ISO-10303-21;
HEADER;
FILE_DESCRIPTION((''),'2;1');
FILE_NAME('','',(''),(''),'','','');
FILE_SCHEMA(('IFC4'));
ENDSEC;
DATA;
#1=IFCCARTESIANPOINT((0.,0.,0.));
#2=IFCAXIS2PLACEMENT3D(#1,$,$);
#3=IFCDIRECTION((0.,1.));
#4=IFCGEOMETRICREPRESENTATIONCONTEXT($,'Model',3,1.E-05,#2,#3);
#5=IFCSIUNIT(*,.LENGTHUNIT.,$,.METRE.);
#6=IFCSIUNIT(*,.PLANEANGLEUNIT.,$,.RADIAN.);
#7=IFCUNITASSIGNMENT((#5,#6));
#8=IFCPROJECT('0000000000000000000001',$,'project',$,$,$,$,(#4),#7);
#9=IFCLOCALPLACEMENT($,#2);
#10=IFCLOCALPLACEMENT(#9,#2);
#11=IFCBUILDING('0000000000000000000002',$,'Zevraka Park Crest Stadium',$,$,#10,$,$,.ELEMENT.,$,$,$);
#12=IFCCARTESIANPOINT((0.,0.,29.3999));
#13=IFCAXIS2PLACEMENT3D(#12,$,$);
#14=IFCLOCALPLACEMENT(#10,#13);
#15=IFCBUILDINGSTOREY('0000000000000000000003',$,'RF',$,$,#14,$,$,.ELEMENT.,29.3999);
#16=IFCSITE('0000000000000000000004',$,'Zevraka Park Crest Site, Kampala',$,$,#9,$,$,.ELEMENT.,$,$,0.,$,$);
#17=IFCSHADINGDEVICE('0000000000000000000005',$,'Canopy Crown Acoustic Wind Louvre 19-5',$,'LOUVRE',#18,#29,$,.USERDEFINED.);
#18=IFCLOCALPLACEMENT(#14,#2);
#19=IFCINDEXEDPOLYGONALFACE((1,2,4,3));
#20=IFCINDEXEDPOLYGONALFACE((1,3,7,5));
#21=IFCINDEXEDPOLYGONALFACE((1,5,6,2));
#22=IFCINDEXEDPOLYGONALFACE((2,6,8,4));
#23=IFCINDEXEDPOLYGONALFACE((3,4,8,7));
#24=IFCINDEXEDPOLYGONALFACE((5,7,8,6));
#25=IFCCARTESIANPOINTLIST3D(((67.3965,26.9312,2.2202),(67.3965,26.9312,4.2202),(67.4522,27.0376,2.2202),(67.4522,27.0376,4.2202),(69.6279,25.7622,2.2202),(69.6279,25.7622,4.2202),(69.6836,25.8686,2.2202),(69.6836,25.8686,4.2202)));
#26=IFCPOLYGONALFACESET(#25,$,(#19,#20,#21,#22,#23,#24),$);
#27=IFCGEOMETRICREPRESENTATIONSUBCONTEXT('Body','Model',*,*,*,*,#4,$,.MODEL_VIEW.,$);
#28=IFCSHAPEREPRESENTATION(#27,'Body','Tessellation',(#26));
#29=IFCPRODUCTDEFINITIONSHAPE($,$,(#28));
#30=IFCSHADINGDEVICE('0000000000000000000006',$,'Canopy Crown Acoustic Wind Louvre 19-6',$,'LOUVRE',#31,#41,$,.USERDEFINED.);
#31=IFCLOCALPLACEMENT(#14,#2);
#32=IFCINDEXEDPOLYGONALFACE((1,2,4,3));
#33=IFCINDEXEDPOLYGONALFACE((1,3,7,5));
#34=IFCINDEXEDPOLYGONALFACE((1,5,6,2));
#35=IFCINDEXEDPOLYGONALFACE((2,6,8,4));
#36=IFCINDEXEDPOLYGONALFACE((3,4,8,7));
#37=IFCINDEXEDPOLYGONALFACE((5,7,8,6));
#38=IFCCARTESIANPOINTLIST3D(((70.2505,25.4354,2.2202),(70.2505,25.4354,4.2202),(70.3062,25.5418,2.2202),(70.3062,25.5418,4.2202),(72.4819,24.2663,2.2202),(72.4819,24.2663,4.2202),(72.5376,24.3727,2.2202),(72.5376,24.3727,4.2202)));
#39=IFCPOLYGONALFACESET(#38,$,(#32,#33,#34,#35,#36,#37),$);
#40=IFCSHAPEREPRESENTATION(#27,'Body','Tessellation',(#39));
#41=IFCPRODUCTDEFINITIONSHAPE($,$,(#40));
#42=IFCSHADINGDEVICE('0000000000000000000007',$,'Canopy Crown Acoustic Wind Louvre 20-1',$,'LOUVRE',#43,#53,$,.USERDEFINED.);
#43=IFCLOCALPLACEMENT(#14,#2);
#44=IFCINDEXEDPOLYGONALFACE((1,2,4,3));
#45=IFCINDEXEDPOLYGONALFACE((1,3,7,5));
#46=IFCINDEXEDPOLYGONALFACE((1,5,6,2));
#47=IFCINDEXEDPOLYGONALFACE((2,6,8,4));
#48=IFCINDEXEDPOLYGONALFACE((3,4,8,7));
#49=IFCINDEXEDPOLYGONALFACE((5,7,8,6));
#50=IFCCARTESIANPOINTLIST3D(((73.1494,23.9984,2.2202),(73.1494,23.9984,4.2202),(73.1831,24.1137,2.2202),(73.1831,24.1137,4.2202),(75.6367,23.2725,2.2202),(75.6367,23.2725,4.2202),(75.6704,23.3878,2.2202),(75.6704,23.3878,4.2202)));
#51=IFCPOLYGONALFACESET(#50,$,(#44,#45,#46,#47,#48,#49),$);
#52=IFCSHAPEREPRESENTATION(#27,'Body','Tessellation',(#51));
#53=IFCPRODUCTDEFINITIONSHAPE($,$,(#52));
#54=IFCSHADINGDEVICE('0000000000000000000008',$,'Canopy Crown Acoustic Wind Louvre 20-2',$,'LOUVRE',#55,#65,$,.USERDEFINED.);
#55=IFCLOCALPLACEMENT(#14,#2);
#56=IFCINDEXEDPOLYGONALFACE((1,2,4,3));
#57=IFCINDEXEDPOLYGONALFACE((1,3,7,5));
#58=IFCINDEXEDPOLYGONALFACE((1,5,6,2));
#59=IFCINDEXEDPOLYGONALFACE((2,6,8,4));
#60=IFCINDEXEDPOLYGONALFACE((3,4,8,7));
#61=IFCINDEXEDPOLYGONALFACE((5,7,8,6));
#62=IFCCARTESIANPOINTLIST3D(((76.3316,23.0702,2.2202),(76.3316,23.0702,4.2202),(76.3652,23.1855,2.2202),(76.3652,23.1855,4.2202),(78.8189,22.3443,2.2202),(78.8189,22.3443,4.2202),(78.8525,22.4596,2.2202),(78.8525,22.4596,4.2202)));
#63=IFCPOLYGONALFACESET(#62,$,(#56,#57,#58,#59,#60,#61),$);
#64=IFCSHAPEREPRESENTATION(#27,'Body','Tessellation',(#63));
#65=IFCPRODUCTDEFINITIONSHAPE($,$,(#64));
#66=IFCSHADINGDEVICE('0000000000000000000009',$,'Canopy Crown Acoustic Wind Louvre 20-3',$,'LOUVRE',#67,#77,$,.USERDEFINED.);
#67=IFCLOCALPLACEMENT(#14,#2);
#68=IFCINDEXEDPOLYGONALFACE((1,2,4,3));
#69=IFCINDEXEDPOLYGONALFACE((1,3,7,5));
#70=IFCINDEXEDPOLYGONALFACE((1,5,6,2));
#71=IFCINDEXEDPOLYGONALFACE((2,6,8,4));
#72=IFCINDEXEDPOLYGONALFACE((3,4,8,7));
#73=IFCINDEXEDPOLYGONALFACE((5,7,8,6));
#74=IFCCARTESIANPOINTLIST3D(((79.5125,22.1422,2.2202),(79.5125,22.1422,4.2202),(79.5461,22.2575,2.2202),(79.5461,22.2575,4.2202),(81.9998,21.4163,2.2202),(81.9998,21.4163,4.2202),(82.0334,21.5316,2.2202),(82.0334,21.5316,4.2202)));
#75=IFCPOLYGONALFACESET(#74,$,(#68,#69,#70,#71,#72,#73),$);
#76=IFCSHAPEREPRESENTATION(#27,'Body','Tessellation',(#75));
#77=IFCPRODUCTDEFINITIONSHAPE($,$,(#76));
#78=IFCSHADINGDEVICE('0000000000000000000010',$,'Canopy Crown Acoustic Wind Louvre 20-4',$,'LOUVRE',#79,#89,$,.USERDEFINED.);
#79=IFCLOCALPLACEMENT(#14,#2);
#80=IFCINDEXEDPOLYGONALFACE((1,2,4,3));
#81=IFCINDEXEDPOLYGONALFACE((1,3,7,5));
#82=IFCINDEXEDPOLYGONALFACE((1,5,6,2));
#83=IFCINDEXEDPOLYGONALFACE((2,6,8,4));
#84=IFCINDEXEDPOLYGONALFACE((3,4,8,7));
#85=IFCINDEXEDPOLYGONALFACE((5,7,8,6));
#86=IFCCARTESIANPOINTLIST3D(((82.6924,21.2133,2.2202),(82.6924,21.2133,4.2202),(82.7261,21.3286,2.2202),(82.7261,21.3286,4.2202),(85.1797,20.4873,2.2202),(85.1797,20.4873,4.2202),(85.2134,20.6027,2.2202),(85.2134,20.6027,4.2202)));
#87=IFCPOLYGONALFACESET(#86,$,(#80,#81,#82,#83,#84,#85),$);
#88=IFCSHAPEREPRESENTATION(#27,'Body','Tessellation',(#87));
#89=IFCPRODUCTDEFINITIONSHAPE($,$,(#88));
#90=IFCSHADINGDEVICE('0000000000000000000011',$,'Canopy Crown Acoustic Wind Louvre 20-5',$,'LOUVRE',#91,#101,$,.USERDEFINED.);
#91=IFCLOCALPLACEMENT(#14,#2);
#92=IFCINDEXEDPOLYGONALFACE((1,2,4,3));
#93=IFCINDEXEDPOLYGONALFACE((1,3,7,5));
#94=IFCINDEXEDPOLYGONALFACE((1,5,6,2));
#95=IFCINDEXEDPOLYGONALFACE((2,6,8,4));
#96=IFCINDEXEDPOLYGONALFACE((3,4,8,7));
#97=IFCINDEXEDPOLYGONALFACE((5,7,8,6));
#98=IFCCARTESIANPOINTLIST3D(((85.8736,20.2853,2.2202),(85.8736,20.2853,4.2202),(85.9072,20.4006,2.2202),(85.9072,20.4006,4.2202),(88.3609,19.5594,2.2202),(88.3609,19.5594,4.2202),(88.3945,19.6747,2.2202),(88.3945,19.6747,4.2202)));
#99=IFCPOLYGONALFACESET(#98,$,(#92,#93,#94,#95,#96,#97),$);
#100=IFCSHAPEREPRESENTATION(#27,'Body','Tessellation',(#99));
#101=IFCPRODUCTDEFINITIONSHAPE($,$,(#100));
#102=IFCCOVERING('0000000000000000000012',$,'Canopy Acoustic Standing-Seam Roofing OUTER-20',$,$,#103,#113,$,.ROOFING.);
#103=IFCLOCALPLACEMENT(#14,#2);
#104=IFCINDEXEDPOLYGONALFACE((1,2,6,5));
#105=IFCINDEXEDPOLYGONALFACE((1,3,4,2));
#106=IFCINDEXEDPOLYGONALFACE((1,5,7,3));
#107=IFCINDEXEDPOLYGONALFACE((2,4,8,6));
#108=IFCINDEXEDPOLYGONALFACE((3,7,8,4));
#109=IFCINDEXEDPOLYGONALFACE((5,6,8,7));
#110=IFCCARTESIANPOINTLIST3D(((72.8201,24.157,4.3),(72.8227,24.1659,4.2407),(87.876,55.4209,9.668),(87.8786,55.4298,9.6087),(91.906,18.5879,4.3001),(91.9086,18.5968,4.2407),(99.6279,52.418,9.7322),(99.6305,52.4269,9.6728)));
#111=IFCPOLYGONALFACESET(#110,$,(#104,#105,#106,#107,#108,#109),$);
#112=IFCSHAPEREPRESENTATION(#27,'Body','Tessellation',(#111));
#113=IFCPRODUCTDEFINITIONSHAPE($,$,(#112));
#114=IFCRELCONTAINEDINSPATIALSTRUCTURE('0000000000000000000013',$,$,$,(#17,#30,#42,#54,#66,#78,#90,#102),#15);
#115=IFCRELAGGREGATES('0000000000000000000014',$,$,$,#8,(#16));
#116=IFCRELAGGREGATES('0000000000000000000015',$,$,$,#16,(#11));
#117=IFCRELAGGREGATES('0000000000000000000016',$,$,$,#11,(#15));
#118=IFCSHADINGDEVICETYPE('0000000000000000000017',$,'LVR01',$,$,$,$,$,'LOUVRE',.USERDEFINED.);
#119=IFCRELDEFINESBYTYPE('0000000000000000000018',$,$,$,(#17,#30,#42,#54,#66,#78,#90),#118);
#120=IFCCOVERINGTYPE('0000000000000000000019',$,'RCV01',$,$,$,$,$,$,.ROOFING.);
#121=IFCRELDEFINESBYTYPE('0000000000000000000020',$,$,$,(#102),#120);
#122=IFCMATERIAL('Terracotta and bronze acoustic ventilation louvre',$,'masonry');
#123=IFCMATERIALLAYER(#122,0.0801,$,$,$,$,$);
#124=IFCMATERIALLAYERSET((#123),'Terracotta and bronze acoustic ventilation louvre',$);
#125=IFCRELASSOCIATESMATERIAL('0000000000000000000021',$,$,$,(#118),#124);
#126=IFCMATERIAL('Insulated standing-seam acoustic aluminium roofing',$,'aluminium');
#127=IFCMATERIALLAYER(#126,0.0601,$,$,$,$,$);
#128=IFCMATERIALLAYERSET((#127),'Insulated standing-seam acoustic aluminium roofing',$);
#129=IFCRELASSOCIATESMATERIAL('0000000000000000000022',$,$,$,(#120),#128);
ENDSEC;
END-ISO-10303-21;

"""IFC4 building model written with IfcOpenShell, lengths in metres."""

from ifc_helpers import new_model, si_unit, direction, frame, origin, origin_2d, place, context, subcontext, project, spatial, polyline, rectangle, outline, extrude, material, layer, layer_set, type_object, element, save


model = new_model("IFC4")

# Units and contexts
model_context = context("Model", 3, precision=1e-05, world=origin(), true_north=direction((0.0, 1.0)))
body_context = subcontext(model_context, "Body", "Model", "MODEL_VIEW")
ifc_project = project(units=[si_unit("LENGTHUNIT", "METRE"), si_unit("PLANEANGLEUNIT", "RADIAN")], contexts=[model_context])

# Site, building, storey
site_placement = place(None, origin())
site = spatial("IfcSite", under=ifc_project, at=site_placement, Name="Zevraka Park Crest Site, Kampala", CompositionType="ELEMENT", RefElevation=0.0)
building_placement = place(site_placement, origin())
building = spatial("IfcBuilding", under=site, at=building_placement, Name="Zevraka Park Crest Stadium", CompositionType="ELEMENT")
storey_placement = place(building_placement, frame((0.0, 0.0, 29.3999)))
storey = spatial("IfcBuildingStorey", under=building, at=storey_placement, Name="RF", CompositionType="ELEMENT", Elevation=29.3999)

# Shading devices
ifc_material_1 = material(Name="Terracotta and bronze acoustic ventilation louvre", Category="masonry")
ifc_layer_1 = layer(ifc_material_1, 0.0801)
ifc_layer_set_1 = layer_set([ifc_layer_1], Name="Terracotta and bronze acoustic ventilation louvre")
shading_device_type = type_object("IfcShadingDeviceType", Name="LVR01", ElementType="LOUVRE", PredefinedType="USERDEFINED", material=ifc_layer_set_1)
for number, where, z_axis, x_axis, name in (
    (1, (68.54, 26.3999, 2.2202), (0.0, 0.0, 1.0), (0.885799, -0.464069, 0.0), "Canopy Crown Acoustic Wind Louvre 19-5"),
    (2, (71.394, 24.9041, 2.2202), (0.0, 0.0, 1.0), (0.885799, -0.464069, 0.0), "Canopy Crown Acoustic Wind Louvre 19-6"),
):
    element("IfcShadingDevice", number, at=place(storey_placement, frame(where, z_axis=z_axis, x_axis=x_axis)), inside=storey, type_object=shading_device_type, Name=name, ObjectType="LOUVRE", PredefinedType="USERDEFINED", context=body_context, shape_type="SweptSolid", body=[
        extrude(rectangle(XDim=2.519, YDim=0.1201, at=origin_2d()), origin(), (0.0, 0.0, 1.0), 2.0),
    ])
for number, where, z_axis, x_axis, name in (
    (3, (74.4099, 23.6931, 2.2202), (0.0, 0.0, 1.0), (0.959952, -0.280164, 0.0), "Canopy Crown Acoustic Wind Louvre 20-1"),
    (4, (77.592, 22.7649, 2.2202), (0.0, 0.0, 1.0), (0.959952, -0.280164, 0.0), "Canopy Crown Acoustic Wind Louvre 20-2"),
    (5, (80.7729, 21.8369, 2.2202), (0.0, 0.0, 1.0), (0.959952, -0.280164, 0.0), "Canopy Crown Acoustic Wind Louvre 20-3"),
    (6, (83.9529, 20.908, 2.2202), (0.0, 0.0, 1.0), (0.959952, -0.280164, 0.0), "Canopy Crown Acoustic Wind Louvre 20-4"),
    (7, (87.134, 19.98, 2.2202), (0.0, 0.0, 1.0), (0.959952, -0.280164, 0.0), "Canopy Crown Acoustic Wind Louvre 20-5"),
):
    element("IfcShadingDevice", number, at=place(storey_placement, frame(where, z_axis=z_axis, x_axis=x_axis)), inside=storey, type_object=shading_device_type, Name=name, ObjectType="LOUVRE", PredefinedType="USERDEFINED", context=body_context, shape_type="SweptSolid", body=[
        extrude(rectangle(XDim=2.5911, YDim=0.1201, at=origin_2d()), origin(), (0.0, 0.0, 1.0), 2.0),
    ])

# Covering
ifc_material_2 = material(Name="Insulated standing-seam acoustic aluminium roofing", Category="aluminium")
ifc_layer_2 = layer(ifc_material_2, 0.0601)
ifc_layer_set_2 = layer_set([ifc_layer_2], Name="Insulated standing-seam acoustic aluminium roofing")
covering_type_1 = type_object("IfcCoveringType", Name="RCV01", PredefinedType="ROOFING", material=ifc_layer_set_2)
covering_1_placement = place(storey_placement, frame((72.8201, 24.157, 4.3), z_axis=(-0.043398, -0.148725, 0.987926), x_axis=(0.959968, -0.28011, 0.000002)))
element("IfcCovering", 8, at=covering_1_placement, inside=storey, type_object=covering_type_1, Name="Canopy Acoustic Standing-Seam Roofing OUTER-20", PredefinedType="ROOFING", context=body_context, shape_type="SweptSolid", body=[
    extrude(outline(polyline([(0.0, 0.0), (19.8818, 0.0), (17.8185, 35.0621), (5.6959, 34.648), (0.0, 0.0)])), origin(), (0.0, 0.0, -1.0), 0.0601),
])

save(model, "model.ifc")
